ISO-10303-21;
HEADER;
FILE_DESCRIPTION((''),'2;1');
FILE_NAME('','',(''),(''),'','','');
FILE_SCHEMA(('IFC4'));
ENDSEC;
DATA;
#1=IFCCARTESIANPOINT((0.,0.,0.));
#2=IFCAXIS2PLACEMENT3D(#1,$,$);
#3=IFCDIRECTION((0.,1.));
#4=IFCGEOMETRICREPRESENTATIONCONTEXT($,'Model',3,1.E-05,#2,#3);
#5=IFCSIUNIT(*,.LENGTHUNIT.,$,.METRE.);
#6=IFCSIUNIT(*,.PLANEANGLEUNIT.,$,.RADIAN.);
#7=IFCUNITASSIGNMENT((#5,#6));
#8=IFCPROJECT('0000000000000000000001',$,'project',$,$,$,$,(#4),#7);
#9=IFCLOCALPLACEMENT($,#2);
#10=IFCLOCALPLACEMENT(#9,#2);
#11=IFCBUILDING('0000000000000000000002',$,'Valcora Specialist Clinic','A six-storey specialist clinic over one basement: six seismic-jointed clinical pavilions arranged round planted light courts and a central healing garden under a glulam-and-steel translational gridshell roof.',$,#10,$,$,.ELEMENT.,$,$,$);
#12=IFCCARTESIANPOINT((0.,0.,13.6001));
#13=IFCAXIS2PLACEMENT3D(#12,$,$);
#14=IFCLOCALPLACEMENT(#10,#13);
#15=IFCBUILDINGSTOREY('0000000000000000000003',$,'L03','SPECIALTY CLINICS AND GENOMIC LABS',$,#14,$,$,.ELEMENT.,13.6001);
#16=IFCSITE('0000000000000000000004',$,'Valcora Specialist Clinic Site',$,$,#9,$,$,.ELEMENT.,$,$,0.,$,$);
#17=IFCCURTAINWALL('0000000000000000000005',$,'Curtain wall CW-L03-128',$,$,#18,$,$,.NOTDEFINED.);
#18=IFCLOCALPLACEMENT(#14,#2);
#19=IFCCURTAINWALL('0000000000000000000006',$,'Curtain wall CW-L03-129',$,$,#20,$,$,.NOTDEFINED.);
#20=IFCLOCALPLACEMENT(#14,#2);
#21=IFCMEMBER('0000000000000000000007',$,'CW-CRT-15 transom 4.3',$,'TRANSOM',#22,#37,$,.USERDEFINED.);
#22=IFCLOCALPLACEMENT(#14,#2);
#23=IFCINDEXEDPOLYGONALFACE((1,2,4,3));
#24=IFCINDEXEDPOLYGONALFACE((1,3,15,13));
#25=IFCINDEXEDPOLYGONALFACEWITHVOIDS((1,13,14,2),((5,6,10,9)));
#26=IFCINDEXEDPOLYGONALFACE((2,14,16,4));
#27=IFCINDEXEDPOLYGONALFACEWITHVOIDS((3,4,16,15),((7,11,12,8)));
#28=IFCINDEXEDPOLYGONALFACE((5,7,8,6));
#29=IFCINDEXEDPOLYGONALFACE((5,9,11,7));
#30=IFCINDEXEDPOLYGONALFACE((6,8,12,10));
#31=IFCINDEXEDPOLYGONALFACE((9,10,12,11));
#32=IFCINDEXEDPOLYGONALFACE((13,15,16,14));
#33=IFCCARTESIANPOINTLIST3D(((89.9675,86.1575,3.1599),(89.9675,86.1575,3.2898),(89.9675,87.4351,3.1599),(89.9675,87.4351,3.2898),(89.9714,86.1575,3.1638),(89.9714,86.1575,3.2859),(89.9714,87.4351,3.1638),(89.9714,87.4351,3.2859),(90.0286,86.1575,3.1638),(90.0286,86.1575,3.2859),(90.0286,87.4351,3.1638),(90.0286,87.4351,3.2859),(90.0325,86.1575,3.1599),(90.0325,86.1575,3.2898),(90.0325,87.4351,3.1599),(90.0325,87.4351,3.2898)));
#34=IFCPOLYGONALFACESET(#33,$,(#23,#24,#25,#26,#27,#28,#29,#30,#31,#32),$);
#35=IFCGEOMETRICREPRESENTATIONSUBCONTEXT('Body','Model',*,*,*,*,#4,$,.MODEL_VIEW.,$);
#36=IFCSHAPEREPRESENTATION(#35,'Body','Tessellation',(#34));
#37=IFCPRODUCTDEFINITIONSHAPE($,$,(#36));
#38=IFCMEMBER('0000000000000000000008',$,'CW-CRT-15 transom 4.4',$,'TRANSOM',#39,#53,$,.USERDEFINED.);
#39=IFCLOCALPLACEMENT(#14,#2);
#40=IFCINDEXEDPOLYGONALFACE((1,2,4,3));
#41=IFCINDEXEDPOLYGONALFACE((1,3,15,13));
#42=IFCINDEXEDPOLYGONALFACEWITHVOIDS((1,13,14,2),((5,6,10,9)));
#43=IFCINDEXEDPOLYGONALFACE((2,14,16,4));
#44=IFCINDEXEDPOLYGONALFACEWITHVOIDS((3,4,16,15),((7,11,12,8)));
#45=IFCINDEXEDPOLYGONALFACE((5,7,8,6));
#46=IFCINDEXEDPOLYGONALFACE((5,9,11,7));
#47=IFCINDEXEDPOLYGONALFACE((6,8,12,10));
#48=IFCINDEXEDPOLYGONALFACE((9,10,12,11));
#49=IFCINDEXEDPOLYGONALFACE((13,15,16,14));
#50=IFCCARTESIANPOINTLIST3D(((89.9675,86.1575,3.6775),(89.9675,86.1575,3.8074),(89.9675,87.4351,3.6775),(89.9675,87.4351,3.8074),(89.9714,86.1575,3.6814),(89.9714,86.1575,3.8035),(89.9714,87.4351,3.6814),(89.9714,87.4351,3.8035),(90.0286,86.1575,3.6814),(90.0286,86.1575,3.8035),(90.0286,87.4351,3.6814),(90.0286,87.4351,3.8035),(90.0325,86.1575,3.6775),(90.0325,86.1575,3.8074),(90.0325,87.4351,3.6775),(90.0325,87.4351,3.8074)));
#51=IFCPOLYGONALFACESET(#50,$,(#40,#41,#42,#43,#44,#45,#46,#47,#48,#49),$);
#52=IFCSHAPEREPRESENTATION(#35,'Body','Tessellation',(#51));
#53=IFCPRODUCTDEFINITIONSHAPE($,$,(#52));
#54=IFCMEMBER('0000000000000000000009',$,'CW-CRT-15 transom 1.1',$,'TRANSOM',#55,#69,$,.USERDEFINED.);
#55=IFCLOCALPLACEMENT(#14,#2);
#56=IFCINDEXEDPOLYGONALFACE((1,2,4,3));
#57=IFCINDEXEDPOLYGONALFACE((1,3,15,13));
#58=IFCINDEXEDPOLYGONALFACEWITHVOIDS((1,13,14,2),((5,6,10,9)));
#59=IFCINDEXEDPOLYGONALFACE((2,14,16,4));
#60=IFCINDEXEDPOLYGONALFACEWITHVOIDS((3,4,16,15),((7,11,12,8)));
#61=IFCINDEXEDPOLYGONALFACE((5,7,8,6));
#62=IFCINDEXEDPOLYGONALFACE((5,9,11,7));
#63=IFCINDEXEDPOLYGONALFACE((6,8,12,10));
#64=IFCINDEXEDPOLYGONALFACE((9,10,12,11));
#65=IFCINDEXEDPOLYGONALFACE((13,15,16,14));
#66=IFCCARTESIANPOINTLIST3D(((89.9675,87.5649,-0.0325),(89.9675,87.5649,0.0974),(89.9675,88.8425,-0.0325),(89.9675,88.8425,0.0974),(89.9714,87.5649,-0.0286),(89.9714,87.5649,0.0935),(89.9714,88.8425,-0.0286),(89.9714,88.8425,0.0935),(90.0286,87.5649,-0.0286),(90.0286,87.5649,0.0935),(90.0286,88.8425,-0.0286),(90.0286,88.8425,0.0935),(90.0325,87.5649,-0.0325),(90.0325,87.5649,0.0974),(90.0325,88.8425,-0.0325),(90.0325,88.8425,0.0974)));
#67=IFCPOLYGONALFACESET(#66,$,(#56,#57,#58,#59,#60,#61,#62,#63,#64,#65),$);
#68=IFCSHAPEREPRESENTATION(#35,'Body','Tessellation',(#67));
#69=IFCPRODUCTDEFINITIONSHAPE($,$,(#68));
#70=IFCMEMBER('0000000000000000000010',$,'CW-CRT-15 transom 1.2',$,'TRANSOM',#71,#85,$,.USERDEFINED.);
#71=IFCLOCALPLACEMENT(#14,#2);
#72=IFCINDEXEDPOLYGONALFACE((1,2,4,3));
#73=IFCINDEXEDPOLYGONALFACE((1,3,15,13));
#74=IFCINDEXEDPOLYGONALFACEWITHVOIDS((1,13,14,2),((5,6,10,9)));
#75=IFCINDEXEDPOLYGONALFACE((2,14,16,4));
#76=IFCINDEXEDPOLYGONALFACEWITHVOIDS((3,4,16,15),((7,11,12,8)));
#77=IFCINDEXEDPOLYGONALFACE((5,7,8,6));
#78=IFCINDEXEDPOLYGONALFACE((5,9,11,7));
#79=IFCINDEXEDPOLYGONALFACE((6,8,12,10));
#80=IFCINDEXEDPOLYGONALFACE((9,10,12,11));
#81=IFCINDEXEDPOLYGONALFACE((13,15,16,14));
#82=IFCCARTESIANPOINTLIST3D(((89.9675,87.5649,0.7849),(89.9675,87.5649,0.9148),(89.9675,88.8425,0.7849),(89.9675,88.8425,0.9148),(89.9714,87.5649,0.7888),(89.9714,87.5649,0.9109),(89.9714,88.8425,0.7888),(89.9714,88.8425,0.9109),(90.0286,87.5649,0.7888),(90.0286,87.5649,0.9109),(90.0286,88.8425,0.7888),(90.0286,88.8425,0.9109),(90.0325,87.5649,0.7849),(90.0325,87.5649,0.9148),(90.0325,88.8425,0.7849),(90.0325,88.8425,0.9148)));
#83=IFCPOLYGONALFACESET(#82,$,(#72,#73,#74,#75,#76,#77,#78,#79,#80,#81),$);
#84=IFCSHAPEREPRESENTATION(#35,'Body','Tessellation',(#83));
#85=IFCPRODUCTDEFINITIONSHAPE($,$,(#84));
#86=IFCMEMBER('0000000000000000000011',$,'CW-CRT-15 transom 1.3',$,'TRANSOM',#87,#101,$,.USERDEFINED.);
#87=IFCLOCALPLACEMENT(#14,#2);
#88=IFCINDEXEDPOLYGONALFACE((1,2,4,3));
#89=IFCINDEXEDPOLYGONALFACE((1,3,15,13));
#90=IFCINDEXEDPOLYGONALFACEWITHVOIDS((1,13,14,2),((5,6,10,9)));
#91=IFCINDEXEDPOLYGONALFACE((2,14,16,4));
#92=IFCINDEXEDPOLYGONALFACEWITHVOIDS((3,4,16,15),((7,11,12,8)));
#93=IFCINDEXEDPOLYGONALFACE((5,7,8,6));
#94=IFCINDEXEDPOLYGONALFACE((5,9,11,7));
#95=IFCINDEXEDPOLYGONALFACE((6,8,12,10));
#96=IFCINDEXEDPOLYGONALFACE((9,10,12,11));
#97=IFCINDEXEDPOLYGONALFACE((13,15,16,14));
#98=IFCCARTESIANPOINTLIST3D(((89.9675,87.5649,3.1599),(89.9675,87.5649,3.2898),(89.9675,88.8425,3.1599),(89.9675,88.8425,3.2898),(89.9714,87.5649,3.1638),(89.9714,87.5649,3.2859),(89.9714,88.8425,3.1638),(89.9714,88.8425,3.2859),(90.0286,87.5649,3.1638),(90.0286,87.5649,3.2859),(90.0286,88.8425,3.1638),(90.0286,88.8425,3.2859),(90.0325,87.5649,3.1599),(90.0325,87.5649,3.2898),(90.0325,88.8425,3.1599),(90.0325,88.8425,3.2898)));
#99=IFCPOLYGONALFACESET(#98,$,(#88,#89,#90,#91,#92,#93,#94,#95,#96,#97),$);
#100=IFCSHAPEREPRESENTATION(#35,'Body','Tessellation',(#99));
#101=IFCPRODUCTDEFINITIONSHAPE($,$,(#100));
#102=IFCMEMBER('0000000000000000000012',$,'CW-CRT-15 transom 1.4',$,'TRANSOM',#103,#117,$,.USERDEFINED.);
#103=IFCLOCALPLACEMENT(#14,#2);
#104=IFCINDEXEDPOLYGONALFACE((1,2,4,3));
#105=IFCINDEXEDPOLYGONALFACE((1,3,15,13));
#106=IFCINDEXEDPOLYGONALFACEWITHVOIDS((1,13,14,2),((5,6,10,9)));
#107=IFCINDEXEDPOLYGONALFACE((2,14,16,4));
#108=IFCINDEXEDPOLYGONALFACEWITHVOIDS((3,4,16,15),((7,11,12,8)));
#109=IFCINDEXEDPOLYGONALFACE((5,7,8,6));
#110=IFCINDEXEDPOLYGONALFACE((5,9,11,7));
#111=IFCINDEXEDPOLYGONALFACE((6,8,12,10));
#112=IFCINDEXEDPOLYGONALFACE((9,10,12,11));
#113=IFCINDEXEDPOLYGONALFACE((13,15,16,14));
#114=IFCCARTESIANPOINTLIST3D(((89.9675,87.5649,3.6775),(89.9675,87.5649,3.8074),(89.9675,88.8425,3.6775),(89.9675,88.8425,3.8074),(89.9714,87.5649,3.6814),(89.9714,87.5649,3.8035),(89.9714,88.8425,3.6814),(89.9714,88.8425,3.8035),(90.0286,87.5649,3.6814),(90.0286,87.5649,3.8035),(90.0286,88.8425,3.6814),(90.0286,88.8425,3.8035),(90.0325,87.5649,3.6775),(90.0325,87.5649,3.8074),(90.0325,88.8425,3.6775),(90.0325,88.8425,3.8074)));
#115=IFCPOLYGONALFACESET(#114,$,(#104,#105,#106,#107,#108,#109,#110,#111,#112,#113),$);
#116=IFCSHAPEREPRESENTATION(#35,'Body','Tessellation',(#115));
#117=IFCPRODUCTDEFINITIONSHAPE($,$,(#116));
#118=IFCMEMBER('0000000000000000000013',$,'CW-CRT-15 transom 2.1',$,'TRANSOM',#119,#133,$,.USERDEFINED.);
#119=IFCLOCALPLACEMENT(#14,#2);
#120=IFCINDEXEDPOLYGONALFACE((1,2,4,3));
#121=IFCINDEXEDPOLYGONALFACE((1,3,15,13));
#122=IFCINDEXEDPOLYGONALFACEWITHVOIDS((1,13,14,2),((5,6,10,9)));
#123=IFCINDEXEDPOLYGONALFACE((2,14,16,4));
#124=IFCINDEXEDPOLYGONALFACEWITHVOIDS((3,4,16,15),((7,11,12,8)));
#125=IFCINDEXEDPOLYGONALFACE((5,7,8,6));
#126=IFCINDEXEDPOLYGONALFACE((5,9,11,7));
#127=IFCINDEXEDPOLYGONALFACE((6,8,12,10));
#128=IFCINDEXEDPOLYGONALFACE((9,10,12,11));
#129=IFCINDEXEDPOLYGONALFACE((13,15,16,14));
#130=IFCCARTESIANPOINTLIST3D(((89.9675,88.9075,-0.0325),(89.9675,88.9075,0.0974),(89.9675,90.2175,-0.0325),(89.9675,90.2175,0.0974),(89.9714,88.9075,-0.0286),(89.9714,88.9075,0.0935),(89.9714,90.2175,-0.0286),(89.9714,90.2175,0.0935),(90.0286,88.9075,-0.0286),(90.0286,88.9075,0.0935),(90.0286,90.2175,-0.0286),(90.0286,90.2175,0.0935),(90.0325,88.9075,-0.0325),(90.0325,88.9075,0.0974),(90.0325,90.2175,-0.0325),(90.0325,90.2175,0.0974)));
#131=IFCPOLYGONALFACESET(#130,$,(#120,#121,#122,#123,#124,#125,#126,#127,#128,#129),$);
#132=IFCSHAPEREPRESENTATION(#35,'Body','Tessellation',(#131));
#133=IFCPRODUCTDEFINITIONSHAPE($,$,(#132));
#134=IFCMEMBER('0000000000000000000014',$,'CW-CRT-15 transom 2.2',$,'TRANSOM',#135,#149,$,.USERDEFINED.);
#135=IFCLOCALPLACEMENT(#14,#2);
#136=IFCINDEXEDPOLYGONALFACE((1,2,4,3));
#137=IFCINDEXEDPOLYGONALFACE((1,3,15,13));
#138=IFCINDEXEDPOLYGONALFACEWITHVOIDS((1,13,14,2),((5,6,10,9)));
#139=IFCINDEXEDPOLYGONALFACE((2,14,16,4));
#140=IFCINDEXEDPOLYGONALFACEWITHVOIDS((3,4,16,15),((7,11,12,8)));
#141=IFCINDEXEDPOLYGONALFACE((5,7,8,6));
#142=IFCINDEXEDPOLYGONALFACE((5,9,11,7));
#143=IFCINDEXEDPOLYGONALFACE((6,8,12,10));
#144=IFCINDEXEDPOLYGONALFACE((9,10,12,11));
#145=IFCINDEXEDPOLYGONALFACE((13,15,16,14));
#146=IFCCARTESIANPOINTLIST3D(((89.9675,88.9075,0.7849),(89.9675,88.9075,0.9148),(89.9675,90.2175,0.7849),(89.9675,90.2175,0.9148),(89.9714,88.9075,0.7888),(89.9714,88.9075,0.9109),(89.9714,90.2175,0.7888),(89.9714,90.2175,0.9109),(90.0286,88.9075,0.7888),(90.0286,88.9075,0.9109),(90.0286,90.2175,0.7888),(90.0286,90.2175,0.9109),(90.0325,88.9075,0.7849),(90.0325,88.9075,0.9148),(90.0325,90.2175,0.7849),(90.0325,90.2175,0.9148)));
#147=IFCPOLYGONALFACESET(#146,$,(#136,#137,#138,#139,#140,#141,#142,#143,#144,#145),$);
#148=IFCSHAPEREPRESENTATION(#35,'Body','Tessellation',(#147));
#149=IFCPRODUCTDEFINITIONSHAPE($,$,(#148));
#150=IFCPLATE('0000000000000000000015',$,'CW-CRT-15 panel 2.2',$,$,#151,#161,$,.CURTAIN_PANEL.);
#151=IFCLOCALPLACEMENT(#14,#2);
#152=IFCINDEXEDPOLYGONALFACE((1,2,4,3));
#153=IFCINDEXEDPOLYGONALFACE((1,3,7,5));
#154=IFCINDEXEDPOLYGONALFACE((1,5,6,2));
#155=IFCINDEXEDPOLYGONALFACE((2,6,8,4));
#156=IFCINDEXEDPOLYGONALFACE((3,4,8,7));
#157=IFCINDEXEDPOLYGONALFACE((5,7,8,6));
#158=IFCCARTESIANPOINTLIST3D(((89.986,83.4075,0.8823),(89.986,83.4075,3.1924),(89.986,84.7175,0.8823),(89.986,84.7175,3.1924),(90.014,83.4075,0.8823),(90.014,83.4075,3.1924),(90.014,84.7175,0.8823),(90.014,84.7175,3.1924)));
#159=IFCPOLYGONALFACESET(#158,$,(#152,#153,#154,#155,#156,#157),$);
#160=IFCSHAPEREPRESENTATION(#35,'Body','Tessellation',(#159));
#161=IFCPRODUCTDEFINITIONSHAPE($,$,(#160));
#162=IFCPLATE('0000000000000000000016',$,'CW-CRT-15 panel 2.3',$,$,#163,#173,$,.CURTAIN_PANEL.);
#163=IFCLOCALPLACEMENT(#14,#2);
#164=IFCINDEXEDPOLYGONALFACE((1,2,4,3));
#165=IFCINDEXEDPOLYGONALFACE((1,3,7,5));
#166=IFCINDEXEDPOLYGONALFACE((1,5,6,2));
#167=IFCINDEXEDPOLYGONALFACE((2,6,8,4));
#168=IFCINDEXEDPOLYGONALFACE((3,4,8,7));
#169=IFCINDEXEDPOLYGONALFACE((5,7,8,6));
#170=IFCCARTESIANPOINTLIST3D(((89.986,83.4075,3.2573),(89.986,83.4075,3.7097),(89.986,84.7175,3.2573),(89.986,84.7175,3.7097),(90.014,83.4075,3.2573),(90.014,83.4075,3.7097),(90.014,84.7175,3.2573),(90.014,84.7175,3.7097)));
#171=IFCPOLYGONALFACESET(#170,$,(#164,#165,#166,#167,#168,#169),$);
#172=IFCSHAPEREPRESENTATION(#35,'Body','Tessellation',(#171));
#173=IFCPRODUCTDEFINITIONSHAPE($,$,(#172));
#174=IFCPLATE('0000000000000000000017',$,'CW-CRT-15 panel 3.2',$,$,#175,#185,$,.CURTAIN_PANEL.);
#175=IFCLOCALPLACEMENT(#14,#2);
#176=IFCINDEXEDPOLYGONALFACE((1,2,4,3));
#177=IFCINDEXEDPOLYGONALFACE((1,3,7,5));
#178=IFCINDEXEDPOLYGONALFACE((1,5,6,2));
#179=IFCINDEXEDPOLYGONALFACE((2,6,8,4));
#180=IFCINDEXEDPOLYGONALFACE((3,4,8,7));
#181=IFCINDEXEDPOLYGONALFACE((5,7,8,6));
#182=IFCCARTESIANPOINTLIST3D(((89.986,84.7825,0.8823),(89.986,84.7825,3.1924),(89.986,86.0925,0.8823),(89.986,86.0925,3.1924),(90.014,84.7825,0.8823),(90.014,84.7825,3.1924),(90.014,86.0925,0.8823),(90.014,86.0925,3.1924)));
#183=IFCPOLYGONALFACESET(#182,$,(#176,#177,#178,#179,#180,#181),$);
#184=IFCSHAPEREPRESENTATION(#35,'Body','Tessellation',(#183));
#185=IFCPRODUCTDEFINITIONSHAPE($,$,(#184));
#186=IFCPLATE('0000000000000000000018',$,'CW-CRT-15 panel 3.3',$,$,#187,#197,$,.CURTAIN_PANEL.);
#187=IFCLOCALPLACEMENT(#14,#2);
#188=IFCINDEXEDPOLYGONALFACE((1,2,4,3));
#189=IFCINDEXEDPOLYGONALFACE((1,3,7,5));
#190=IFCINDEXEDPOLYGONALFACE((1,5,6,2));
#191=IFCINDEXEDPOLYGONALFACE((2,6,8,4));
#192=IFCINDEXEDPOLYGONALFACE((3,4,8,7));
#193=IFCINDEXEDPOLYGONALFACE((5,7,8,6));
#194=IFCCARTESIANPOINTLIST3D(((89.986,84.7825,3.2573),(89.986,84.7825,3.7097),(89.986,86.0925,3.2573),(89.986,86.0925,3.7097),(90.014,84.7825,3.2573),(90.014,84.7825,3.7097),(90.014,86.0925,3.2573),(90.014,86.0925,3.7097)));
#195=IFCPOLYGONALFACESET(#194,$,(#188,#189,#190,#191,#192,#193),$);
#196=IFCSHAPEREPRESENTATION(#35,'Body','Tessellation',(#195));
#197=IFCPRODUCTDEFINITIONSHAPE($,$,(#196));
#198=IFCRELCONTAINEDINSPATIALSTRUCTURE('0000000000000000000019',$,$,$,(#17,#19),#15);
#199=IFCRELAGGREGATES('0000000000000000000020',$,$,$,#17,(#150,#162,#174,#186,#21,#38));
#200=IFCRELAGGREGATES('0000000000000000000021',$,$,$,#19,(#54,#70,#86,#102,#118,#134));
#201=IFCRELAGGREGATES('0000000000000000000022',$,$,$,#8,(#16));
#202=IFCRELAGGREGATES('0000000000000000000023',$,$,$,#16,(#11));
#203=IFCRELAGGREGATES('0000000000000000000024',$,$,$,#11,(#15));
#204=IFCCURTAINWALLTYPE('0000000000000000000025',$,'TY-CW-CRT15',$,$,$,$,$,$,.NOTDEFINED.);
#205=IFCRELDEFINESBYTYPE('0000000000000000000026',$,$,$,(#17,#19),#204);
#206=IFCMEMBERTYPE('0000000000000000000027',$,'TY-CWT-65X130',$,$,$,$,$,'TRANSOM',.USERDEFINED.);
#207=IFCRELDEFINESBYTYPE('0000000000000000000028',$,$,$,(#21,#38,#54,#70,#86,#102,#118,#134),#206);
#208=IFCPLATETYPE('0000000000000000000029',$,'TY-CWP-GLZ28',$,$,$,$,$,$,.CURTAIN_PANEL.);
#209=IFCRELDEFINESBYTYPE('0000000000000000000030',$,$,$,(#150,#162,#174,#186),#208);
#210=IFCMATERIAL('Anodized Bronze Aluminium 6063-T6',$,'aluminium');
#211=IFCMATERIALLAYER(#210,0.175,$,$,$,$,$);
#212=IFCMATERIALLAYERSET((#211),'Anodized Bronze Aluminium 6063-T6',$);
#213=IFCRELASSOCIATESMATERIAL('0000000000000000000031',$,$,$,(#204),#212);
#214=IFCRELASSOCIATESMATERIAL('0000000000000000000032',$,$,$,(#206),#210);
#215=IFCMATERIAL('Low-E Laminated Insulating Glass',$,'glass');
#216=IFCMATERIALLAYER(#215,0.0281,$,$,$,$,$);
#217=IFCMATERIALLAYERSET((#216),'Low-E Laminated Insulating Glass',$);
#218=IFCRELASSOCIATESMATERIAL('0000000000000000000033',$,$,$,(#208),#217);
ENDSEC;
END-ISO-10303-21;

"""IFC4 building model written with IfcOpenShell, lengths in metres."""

from ifc_helpers import new_model, si_unit, direction, frame, origin, origin_2d, place, context, subcontext, project, spatial, rectangle, hollow_rectangle, extrude, material, layer, layer_set, material_profile, profile_set, type_object, element, aggregate, save


model = new_model("IFC4")

# Units and contexts
model_context = context("Model", 3, precision=1e-05, world=origin(), true_north=direction((0.0, 1.0)))
body_context = subcontext(model_context, "Body", "Model", "MODEL_VIEW")
ifc_project = project(units=[si_unit("LENGTHUNIT", "METRE"), si_unit("PLANEANGLEUNIT", "RADIAN")], contexts=[model_context])

# Site, building, storey
site_placement = place(None, origin())
site = spatial("IfcSite", under=ifc_project, at=site_placement, Name="Valcora Specialist Clinic Site", CompositionType="ELEMENT", RefElevation=0.0)
building_placement = place(site_placement, origin())
building = spatial("IfcBuilding", under=site, at=building_placement, Name="Valcora Specialist Clinic", Description="A six-storey specialist clinic over one basement: six seismic-jointed clinical pavilions arranged round planted light courts and a central healing garden under a glulam-and-steel translational gridshell roof.", CompositionType="ELEMENT")
storey_placement = place(building_placement, frame((0.0, 0.0, 13.6001)))
storey = spatial("IfcBuildingStorey", under=building, at=storey_placement, Name="L03", Description="SPECIALTY CLINICS AND GENOMIC LABS", CompositionType="ELEMENT", Elevation=13.6001)

# Curtain walls
ifc_material_1 = material(Name="Anodized Bronze Aluminium 6063-T6", Category="aluminium")
ifc_layer_1 = layer(ifc_material_1, 0.175)
ifc_layer_set_1 = layer_set([ifc_layer_1], Name="Anodized Bronze Aluminium 6063-T6")
curtain_wall_type = type_object("IfcCurtainWallType", Name="TY-CW-CRT15", PredefinedType="NOTDEFINED", material=ifc_layer_set_1)
curtain_wall_1_placement = place(storey_placement, origin())
curtain_wall_1 = element("IfcCurtainWall", 1, at=curtain_wall_1_placement, inside=storey, type_object=curtain_wall_type, Name="Curtain wall CW-L03-128", PredefinedType="NOTDEFINED")
curtain_wall_2_placement = place(storey_placement, origin())
curtain_wall_2 = element("IfcCurtainWall", 2, at=curtain_wall_2_placement, inside=storey, type_object=curtain_wall_type, Name="Curtain wall CW-L03-129", PredefinedType="NOTDEFINED")

# Members
ifc_material_profile_1 = material_profile(ifc_material_1, hollow_rectangle(XDim=0.0649, YDim=0.1299, WallThickness=0.0039, at=origin_2d()), Name="AL-TRN-65X130")
ifc_profile_set_1 = profile_set([ifc_material_profile_1], Name="Anodized Bronze Aluminium 6063-T6")
member_type_1 = type_object("IfcMemberType", Name="TY-CWT-65X130", ElementType="TRANSOM", PredefinedType="USERDEFINED", material=ifc_profile_set_1)
member_1_placement = place(storey_placement, frame((90.0, 86.1575, 3.2249), z_axis=(0.0, 1.0, 0.0), x_axis=(-1.0, 0.0, 0.0)))
member_1 = element("IfcMember", 3, at=member_1_placement, type_object=member_type_1, Name="CW-CRT-15 transom 4.3", ObjectType="TRANSOM", PredefinedType="USERDEFINED", context=body_context, shape_type="SweptSolid", body=[
    extrude(hollow_rectangle(XDim=0.0649, YDim=0.1299, WallThickness=0.0039, at=origin_2d()), origin(), (0.0, 0.0, 1.0), 1.2776),
])
member_2_placement = place(storey_placement, frame((90.0, 86.1575, 3.7424), z_axis=(0.0, 1.0, 0.0), x_axis=(-1.0, 0.0, 0.0)))
member_2 = element("IfcMember", 4, at=member_2_placement, type_object=member_type_1, Name="CW-CRT-15 transom 4.4", ObjectType="TRANSOM", PredefinedType="USERDEFINED", context=body_context, shape_type="SweptSolid", body=[
    extrude(hollow_rectangle(XDim=0.0649, YDim=0.1299, WallThickness=0.0039, at=origin_2d()), origin(), (0.0, 0.0, 1.0), 1.2776),
])
member_3_placement = place(storey_placement, frame((90.0, 87.5649, 0.0325), z_axis=(0.0, 1.0, 0.0), x_axis=(-1.0, 0.0, 0.0)))
member_3 = element("IfcMember", 5, at=member_3_placement, type_object=member_type_1, Name="CW-CRT-15 transom 1.1", ObjectType="TRANSOM", PredefinedType="USERDEFINED", context=body_context, shape_type="SweptSolid", body=[
    extrude(hollow_rectangle(XDim=0.0649, YDim=0.1299, WallThickness=0.0039, at=origin_2d()), origin(), (0.0, 0.0, 1.0), 1.2776),
])
member_4_placement = place(storey_placement, frame((90.0, 87.5649, 0.8499), z_axis=(0.0, 1.0, 0.0), x_axis=(-1.0, 0.0, 0.0)))
member_4 = element("IfcMember", 6, at=member_4_placement, type_object=member_type_1, Name="CW-CRT-15 transom 1.2", ObjectType="TRANSOM", PredefinedType="USERDEFINED", context=body_context, shape_type="SweptSolid", body=[
    extrude(hollow_rectangle(XDim=0.0649, YDim=0.1299, WallThickness=0.0039, at=origin_2d()), origin(), (0.0, 0.0, 1.0), 1.2776),
])
member_5_placement = place(storey_placement, frame((90.0, 87.5649, 3.2249), z_axis=(0.0, 1.0, 0.0), x_axis=(-1.0, 0.0, 0.0)))
member_5 = element("IfcMember", 7, at=member_5_placement, type_object=member_type_1, Name="CW-CRT-15 transom 1.3", ObjectType="TRANSOM", PredefinedType="USERDEFINED", context=body_context, shape_type="SweptSolid", body=[
    extrude(hollow_rectangle(XDim=0.0649, YDim=0.1299, WallThickness=0.0039, at=origin_2d()), origin(), (0.0, 0.0, 1.0), 1.2776),
])
member_6_placement = place(storey_placement, frame((90.0, 87.5649, 3.7424), z_axis=(0.0, 1.0, 0.0), x_axis=(-1.0, 0.0, 0.0)))
member_6 = element("IfcMember", 8, at=member_6_placement, type_object=member_type_1, Name="CW-CRT-15 transom 1.4", ObjectType="TRANSOM", PredefinedType="USERDEFINED", context=body_context, shape_type="SweptSolid", body=[
    extrude(hollow_rectangle(XDim=0.0649, YDim=0.1299, WallThickness=0.0039, at=origin_2d()), origin(), (0.0, 0.0, 1.0), 1.2776),
])
member_7_placement = place(storey_placement, frame((90.0, 88.9075, 0.0325), z_axis=(0.0, 1.0, 0.0), x_axis=(-1.0, 0.0, 0.0)))
member_7 = element("IfcMember", 9, at=member_7_placement, type_object=member_type_1, Name="CW-CRT-15 transom 2.1", ObjectType="TRANSOM", PredefinedType="USERDEFINED", context=body_context, shape_type="SweptSolid", body=[
    extrude(hollow_rectangle(XDim=0.0649, YDim=0.1299, WallThickness=0.0039, at=origin_2d()), origin(), (0.0, 0.0, 1.0), 1.3101),
])
member_8_placement = place(storey_placement, frame((90.0, 88.9075, 0.8499), z_axis=(0.0, 1.0, 0.0), x_axis=(-1.0, 0.0, 0.0)))
member_8 = element("IfcMember", 10, at=member_8_placement, type_object=member_type_1, Name="CW-CRT-15 transom 2.2", ObjectType="TRANSOM", PredefinedType="USERDEFINED", context=body_context, shape_type="SweptSolid", body=[
    extrude(hollow_rectangle(XDim=0.0649, YDim=0.1299, WallThickness=0.0039, at=origin_2d()), origin(), (0.0, 0.0, 1.0), 1.3101),
])

# Plates
ifc_material_2 = material(Name="Low-E Laminated Insulating Glass", Category="glass")
ifc_layer_2 = layer(ifc_material_2, 0.0281)
ifc_layer_set_2 = layer_set([ifc_layer_2], Name="Low-E Laminated Insulating Glass")
plate_type_1 = type_object("IfcPlateType", Name="TY-CWP-GLZ28", PredefinedType="CURTAIN_PANEL", material=ifc_layer_set_2)
plate_1_placement = place(storey_placement, frame((90.0, 84.0625, 0.8823), z_axis=(0.0, 0.0, 1.0), x_axis=(0.0, 1.0, 0.0)))
plate_1 = element("IfcPlate", 11, at=plate_1_placement, type_object=plate_type_1, Name="CW-CRT-15 panel 2.2", PredefinedType="CURTAIN_PANEL", context=body_context, shape_type="SweptSolid", body=[
    extrude(rectangle(XDim=1.3101, YDim=0.0281, at=origin_2d()), origin(), (0.0, 0.0, 1.0), 2.3101),
])
plate_2_placement = place(storey_placement, frame((90.0, 84.0625, 3.2573), z_axis=(0.0, 0.0, 1.0), x_axis=(0.0, 1.0, 0.0)))
plate_2 = element("IfcPlate", 12, at=plate_2_placement, type_object=plate_type_1, Name="CW-CRT-15 panel 2.3", PredefinedType="CURTAIN_PANEL", context=body_context, shape_type="SweptSolid", body=[
    extrude(rectangle(XDim=1.3101, YDim=0.0281, at=origin_2d()), origin(), (0.0, 0.0, 1.0), 0.4524),
])
plate_3_placement = place(storey_placement, frame((90.0, 85.4375, 0.8823), z_axis=(0.0, 0.0, 1.0), x_axis=(0.0, 1.0, 0.0)))
plate_3 = element("IfcPlate", 13, at=plate_3_placement, type_object=plate_type_1, Name="CW-CRT-15 panel 3.2", PredefinedType="CURTAIN_PANEL", context=body_context, shape_type="SweptSolid", body=[
    extrude(rectangle(XDim=1.3101, YDim=0.0281, at=origin_2d()), origin(), (0.0, 0.0, 1.0), 2.3101),
])
plate_4_placement = place(storey_placement, frame((90.0, 85.4375, 3.2573), z_axis=(0.0, 0.0, 1.0), x_axis=(0.0, 1.0, 0.0)))
plate_4 = element("IfcPlate", 14, at=plate_4_placement, type_object=plate_type_1, Name="CW-CRT-15 panel 3.3", PredefinedType="CURTAIN_PANEL", context=body_context, shape_type="SweptSolid", body=[
    extrude(rectangle(XDim=1.3101, YDim=0.0281, at=origin_2d()), origin(), (0.0, 0.0, 1.0), 0.4524),
])
aggregate(curtain_wall_1, [plate_1, plate_2, plate_3, plate_4, member_1, member_2])
aggregate(curtain_wall_2, [member_3, member_4, member_5, member_6, member_7, member_8])

save(model, "model.ifc")
